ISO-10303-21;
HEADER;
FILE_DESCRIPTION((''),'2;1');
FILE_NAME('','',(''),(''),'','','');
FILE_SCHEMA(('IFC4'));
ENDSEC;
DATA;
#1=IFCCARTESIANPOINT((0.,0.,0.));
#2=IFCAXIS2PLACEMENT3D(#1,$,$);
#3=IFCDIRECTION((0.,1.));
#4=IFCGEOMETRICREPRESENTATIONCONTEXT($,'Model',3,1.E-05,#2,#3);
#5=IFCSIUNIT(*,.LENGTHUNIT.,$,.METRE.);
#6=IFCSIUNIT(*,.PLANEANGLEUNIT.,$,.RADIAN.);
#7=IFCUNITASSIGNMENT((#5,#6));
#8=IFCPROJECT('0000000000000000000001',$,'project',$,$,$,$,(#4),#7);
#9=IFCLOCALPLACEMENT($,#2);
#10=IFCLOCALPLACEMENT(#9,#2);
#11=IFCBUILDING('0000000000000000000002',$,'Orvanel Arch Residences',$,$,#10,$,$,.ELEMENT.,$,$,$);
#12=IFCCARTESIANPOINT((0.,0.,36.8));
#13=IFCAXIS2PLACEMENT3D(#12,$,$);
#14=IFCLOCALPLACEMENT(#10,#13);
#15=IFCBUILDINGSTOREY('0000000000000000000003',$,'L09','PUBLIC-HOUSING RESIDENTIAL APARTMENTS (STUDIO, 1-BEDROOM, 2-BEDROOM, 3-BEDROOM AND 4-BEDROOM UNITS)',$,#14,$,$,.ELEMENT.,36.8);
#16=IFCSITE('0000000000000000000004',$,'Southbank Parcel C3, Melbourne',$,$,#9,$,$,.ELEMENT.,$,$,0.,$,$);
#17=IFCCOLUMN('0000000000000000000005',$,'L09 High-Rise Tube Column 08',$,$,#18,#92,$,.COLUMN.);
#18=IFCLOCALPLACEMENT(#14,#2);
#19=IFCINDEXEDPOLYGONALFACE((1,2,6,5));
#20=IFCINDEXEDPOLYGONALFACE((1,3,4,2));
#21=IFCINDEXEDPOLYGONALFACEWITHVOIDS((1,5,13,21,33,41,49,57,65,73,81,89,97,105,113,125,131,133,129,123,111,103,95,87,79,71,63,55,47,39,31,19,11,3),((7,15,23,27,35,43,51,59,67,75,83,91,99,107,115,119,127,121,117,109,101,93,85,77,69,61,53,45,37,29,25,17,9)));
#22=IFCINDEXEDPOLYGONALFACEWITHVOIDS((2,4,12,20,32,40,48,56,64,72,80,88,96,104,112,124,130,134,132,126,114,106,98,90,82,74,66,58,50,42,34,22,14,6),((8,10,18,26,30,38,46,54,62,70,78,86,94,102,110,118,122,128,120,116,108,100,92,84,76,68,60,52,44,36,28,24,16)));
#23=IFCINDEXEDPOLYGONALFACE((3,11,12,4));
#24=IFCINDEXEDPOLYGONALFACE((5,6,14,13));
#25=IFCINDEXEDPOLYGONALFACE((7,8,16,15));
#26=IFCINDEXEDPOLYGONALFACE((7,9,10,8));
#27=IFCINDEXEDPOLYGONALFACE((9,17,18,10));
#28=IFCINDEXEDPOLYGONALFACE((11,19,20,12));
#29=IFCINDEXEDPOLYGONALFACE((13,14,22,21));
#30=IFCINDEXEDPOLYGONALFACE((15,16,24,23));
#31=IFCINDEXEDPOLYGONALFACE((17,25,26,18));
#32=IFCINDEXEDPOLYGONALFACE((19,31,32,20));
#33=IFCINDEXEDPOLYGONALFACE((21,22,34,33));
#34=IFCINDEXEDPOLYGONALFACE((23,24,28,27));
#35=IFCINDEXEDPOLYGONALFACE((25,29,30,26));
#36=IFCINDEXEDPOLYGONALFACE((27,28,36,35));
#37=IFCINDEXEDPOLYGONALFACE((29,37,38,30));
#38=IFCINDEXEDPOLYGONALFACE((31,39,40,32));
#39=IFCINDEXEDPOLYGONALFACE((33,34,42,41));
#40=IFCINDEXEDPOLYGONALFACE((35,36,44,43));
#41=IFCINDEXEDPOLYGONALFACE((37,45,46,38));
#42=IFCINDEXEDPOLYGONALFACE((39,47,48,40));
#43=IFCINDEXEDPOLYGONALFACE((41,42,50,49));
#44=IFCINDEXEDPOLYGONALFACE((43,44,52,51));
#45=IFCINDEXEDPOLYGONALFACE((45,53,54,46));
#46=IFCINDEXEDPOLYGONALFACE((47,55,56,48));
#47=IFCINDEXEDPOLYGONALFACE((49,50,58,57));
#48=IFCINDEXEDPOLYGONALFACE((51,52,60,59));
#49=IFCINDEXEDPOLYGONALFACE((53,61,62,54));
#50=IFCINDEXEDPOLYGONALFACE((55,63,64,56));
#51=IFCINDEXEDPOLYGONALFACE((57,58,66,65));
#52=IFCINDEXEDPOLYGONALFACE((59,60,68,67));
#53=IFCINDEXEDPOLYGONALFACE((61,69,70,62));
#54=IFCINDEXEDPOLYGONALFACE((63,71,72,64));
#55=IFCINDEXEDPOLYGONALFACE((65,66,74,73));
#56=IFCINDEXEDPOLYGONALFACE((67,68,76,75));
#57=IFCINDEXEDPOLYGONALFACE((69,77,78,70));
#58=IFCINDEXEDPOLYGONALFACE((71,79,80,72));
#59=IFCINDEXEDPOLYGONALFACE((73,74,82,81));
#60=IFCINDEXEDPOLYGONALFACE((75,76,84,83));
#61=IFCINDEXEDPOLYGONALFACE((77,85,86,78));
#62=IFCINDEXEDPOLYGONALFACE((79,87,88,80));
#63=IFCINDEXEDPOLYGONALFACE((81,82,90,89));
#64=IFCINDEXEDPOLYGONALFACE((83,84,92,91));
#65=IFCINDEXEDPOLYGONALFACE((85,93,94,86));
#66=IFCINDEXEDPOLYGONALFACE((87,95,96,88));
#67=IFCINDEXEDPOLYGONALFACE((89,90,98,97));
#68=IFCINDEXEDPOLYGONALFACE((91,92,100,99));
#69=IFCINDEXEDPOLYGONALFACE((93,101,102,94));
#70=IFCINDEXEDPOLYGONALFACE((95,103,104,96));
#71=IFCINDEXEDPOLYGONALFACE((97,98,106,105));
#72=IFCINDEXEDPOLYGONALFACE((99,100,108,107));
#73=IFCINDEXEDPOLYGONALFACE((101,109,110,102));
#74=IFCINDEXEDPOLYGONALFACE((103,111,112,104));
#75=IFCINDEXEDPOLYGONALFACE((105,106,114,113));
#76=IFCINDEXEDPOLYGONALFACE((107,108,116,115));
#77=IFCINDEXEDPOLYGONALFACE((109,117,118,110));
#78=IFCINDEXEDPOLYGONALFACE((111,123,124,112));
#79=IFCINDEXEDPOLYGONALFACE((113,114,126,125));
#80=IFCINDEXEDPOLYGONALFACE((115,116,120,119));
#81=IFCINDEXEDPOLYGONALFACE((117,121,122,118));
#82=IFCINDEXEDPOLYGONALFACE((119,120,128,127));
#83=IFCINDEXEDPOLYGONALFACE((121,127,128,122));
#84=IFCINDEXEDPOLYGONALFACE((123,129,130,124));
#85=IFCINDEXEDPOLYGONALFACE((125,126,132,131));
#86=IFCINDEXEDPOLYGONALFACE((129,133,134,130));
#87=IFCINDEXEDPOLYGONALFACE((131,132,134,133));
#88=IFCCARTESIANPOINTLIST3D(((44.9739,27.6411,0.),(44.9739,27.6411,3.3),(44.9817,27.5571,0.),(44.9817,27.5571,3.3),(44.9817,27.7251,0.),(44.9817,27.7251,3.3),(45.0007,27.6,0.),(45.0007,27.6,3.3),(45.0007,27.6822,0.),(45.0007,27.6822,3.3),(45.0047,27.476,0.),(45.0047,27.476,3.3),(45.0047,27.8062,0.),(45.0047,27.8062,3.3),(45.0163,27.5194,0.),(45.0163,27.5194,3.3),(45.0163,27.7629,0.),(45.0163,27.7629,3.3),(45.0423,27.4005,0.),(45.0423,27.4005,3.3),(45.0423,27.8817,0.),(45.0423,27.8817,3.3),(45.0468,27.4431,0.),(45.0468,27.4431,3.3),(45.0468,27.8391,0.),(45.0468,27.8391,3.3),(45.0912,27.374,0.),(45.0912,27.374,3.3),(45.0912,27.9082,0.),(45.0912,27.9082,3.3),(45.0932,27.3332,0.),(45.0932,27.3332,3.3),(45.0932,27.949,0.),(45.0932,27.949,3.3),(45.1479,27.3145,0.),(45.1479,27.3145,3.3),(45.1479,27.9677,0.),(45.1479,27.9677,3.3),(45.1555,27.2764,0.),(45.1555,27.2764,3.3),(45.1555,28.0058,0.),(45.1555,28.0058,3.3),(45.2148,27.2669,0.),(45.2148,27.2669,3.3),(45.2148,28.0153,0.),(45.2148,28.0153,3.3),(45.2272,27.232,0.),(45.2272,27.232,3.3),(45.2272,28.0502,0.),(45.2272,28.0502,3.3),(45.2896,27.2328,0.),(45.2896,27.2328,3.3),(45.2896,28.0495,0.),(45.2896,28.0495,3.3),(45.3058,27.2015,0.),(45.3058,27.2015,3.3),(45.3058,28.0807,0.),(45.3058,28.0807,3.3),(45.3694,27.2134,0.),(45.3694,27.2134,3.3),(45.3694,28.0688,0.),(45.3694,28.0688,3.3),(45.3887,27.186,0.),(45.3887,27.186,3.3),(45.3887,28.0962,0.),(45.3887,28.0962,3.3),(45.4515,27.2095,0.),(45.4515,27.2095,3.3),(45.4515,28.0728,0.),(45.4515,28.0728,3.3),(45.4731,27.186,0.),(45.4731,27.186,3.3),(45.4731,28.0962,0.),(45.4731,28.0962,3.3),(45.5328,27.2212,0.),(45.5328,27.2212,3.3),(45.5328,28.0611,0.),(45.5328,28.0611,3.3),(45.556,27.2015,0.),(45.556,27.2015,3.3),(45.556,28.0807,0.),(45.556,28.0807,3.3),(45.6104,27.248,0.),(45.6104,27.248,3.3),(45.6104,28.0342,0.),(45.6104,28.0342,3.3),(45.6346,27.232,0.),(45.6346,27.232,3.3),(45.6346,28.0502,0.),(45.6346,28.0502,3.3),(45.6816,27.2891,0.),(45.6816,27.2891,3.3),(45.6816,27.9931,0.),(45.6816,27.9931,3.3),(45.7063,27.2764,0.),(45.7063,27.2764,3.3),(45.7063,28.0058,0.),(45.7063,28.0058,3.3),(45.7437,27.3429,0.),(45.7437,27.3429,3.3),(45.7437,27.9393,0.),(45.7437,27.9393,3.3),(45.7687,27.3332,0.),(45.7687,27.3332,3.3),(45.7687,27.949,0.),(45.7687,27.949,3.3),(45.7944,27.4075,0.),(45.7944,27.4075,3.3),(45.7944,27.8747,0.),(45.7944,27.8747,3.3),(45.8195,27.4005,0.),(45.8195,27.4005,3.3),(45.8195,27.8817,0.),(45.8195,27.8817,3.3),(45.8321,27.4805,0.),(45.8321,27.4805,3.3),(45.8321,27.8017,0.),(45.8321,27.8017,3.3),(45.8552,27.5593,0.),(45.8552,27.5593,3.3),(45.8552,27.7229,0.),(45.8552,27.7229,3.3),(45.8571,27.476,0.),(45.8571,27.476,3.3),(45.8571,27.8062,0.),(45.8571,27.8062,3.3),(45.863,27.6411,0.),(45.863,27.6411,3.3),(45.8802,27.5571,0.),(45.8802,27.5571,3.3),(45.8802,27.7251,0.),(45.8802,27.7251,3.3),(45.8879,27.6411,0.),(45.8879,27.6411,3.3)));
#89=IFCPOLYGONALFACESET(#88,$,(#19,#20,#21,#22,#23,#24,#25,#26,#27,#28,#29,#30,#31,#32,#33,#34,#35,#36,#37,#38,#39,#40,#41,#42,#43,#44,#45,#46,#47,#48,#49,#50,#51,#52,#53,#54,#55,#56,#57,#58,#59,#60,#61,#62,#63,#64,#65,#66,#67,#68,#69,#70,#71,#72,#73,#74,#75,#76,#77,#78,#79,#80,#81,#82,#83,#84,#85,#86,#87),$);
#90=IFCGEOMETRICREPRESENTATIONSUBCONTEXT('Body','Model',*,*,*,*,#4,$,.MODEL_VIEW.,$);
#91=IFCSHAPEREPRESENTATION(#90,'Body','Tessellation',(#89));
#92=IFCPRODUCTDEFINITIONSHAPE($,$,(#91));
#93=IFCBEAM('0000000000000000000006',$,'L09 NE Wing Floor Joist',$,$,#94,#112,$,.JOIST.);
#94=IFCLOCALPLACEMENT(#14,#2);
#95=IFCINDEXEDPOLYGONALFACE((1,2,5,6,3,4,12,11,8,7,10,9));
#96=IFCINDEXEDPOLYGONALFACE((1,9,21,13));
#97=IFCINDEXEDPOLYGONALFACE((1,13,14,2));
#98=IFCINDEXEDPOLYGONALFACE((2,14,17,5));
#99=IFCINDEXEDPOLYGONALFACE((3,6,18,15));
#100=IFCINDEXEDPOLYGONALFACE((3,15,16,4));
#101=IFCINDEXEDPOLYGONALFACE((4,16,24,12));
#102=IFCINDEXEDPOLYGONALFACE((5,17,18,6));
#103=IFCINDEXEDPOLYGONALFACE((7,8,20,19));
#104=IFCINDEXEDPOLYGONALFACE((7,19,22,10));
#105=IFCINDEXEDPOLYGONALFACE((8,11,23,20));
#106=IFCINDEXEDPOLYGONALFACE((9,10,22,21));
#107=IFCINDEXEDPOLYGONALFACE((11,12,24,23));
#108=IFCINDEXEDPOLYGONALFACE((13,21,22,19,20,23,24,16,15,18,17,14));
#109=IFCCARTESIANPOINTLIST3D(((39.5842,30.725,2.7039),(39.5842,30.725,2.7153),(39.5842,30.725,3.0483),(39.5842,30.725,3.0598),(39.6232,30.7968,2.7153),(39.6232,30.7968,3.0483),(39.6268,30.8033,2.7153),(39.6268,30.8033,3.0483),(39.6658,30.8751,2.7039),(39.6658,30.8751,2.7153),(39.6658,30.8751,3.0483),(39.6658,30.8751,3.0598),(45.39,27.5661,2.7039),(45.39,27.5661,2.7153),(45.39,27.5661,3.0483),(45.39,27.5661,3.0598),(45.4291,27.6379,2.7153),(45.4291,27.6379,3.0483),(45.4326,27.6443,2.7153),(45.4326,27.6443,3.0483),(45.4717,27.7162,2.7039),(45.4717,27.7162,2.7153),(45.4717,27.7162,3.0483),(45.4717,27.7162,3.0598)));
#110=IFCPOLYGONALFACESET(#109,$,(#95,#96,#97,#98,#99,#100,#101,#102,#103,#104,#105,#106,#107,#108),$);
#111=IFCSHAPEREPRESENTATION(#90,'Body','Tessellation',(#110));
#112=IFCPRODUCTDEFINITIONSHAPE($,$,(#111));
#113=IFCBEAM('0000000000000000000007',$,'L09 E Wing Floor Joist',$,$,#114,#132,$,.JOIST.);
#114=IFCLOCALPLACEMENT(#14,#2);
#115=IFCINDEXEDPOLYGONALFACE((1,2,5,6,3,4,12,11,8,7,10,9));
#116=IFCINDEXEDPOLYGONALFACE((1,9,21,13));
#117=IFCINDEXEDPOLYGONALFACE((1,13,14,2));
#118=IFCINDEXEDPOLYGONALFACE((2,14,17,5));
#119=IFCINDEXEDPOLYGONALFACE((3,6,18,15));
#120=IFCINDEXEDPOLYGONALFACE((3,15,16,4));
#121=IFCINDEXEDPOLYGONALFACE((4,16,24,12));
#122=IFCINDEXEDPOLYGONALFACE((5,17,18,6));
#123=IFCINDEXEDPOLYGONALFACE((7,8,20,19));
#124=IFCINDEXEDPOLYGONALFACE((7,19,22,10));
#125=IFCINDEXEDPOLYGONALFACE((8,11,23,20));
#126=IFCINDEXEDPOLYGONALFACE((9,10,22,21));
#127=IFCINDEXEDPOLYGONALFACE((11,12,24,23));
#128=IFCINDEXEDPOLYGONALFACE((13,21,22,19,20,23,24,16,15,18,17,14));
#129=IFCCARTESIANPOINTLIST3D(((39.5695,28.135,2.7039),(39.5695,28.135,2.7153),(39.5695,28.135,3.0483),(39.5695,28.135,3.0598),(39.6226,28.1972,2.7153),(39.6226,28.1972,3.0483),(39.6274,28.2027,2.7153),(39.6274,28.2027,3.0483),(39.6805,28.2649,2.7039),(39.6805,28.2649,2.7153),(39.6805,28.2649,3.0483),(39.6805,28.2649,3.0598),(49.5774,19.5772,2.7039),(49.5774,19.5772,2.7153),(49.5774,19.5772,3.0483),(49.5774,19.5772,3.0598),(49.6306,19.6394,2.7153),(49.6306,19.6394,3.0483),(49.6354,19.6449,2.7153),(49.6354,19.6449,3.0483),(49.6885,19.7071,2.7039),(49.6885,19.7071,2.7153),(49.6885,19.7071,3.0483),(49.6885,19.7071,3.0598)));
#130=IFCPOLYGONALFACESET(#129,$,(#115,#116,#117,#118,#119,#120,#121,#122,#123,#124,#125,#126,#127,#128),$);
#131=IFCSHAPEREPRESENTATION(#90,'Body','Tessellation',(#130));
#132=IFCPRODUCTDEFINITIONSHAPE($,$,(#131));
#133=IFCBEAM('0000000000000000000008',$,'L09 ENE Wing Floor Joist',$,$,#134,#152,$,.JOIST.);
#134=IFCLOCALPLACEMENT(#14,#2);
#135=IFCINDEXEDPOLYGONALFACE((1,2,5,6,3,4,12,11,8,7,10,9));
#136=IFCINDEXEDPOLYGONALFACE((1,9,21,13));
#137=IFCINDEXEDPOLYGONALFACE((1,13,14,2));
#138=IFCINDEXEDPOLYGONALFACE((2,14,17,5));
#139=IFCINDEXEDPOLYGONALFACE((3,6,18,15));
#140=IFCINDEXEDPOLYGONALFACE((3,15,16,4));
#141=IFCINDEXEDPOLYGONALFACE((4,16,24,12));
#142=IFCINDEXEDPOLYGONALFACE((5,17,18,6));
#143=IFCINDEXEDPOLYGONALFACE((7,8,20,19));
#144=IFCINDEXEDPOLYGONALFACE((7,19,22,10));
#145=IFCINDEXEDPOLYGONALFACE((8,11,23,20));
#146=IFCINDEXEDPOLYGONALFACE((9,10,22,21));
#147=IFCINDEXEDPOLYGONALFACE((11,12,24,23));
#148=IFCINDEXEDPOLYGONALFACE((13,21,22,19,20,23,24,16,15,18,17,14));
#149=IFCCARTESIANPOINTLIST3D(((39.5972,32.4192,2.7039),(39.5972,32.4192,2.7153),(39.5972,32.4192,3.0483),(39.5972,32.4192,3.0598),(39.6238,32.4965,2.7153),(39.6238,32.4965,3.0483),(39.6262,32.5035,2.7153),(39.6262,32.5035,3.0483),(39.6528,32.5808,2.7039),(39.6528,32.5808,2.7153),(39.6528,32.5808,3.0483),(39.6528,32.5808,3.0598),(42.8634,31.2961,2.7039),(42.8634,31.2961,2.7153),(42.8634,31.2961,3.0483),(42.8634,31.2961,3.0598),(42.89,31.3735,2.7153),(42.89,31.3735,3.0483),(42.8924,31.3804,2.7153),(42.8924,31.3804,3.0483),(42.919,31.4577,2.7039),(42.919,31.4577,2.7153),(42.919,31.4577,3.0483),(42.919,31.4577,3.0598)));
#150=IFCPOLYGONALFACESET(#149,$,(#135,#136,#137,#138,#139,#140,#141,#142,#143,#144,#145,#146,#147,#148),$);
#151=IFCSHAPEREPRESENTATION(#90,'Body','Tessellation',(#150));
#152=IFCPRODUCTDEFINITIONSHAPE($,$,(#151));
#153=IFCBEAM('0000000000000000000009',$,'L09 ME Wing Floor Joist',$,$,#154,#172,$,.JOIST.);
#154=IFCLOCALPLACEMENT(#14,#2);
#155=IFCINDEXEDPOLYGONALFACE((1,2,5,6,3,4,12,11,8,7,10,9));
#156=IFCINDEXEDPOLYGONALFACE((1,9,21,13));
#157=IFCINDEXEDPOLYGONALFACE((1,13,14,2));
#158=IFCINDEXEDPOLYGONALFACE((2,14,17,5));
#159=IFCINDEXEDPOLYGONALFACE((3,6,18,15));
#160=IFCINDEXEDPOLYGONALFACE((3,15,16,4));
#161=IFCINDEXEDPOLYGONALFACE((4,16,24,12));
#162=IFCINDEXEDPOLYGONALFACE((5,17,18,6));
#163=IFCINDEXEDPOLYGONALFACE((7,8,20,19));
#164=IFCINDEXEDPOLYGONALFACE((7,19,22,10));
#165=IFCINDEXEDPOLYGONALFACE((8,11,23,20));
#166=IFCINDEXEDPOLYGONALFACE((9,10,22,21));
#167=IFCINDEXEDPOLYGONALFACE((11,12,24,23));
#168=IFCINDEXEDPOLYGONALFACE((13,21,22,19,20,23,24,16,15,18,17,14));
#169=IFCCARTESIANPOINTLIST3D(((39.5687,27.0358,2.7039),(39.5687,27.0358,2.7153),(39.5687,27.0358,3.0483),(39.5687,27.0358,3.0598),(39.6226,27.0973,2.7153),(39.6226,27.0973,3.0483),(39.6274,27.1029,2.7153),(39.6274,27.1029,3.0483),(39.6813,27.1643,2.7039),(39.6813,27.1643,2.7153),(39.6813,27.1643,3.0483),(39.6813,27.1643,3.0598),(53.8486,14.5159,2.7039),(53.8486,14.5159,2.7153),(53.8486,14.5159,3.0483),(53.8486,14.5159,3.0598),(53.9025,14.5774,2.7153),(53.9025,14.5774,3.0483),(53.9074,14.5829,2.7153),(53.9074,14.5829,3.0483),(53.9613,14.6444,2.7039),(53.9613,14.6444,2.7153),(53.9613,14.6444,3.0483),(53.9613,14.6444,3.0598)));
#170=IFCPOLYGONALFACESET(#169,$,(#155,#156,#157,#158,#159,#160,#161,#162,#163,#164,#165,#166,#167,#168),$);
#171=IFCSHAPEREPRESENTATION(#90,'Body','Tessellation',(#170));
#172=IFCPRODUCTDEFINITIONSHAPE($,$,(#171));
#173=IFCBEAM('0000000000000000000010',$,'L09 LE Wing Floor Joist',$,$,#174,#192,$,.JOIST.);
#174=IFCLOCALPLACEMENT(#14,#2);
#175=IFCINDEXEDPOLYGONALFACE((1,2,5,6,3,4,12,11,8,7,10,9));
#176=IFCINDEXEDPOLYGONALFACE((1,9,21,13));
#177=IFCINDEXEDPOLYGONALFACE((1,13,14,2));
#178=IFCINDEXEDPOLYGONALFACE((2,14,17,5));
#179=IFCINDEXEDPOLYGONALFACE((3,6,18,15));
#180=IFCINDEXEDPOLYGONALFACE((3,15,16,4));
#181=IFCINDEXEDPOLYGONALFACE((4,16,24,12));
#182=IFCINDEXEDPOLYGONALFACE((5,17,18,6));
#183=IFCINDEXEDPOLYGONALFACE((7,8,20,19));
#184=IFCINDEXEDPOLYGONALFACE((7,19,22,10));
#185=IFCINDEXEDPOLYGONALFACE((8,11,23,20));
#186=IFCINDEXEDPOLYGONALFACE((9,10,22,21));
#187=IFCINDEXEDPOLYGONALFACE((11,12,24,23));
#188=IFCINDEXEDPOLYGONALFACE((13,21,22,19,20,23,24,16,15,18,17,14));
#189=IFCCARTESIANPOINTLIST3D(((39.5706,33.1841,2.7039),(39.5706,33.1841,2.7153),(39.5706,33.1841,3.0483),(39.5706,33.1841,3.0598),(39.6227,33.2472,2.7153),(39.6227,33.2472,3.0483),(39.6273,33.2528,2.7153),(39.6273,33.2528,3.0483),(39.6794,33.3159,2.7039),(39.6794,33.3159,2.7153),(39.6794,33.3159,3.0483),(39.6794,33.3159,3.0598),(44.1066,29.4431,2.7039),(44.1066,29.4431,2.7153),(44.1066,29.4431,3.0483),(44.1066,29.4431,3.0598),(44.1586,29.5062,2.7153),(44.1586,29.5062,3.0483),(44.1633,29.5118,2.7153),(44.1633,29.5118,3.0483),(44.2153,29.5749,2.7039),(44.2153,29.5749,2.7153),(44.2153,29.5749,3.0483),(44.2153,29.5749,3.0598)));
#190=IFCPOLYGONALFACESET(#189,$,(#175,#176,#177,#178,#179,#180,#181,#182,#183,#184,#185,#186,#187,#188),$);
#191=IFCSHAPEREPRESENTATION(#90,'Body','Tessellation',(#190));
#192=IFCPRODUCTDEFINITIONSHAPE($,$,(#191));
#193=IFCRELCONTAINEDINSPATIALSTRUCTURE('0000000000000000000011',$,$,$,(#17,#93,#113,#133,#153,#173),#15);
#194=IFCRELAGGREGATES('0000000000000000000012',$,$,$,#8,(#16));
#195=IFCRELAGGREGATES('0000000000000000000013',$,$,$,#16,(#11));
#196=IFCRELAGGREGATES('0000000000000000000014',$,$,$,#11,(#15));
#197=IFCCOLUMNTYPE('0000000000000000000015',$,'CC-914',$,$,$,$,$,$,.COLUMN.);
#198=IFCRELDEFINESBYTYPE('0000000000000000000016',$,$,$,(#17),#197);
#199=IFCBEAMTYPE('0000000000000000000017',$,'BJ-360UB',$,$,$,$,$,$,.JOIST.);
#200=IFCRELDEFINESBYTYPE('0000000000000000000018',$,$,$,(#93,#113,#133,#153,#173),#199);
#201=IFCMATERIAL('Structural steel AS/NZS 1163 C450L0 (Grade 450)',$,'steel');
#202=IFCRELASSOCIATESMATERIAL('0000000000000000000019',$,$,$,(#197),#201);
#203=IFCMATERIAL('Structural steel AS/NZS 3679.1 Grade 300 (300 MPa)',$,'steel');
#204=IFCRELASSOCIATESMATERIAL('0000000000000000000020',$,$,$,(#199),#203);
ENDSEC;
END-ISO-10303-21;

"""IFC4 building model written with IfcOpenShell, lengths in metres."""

from ifc_helpers import new_model, si_unit, direction, frame, origin, origin_2d, place, context, subcontext, project, spatial, hollow_circle, i_section, extrude, material, material_profile, profile_set, type_object, element, save


model = new_model("IFC4")

# Units and contexts
model_context = context("Model", 3, precision=1e-05, world=origin(), true_north=direction((0.0, 1.0)))
body_context = subcontext(model_context, "Body", "Model", "MODEL_VIEW")
ifc_project = project(units=[si_unit("LENGTHUNIT", "METRE"), si_unit("PLANEANGLEUNIT", "RADIAN")], contexts=[model_context])

# Site, building, storey
site_placement = place(None, origin())
site = spatial("IfcSite", under=ifc_project, at=site_placement, Name="Southbank Parcel C3, Melbourne", CompositionType="ELEMENT", RefElevation=0.0)
building_placement = place(site_placement, origin())
building = spatial("IfcBuilding", under=site, at=building_placement, Name="Orvanel Arch Residences", CompositionType="ELEMENT")
storey_placement = place(building_placement, frame((0.0, 0.0, 36.8)))
storey = spatial("IfcBuildingStorey", under=building, at=storey_placement, Name="L09", Description="PUBLIC-HOUSING RESIDENTIAL APARTMENTS (STUDIO, 1-BEDROOM, 2-BEDROOM, 3-BEDROOM AND 4-BEDROOM UNITS)", CompositionType="ELEMENT", Elevation=36.8)

# Column
ifc_material_1 = material(Name="Structural steel AS/NZS 1163 C450L0 (Grade 450)", Category="steel")
ifc_material_profile_1 = material_profile(ifc_material_1, hollow_circle(Radius=0.457, WallThickness=0.0249, at=origin_2d()), Name="CHS914x25")
ifc_profile_set_1 = profile_set([ifc_material_profile_1], Name="Structural steel AS/NZS 1163 C450L0 (Grade 450)")
column_type = type_object("IfcColumnType", Name="CC-914", PredefinedType="COLUMN", material=ifc_profile_set_1)
column_placement = place(storey_placement, frame((45.4309, 27.6411, 0.0), z_axis=(0.0, 0.0, 1.0), x_axis=(1.0, 0.0, 0.0)))
element("IfcColumn", 1, at=column_placement, inside=storey, type_object=column_type, Name="L09 High-Rise Tube Column 08", PredefinedType="COLUMN", context=body_context, shape_type="SweptSolid", body=[
    extrude(hollow_circle(Radius=0.457, WallThickness=0.0249, at=origin_2d()), origin(), (0.0, 0.0, 1.0), 3.3),
])

# Beams
ifc_material_2 = material(Name="Structural steel AS/NZS 3679.1 Grade 300 (300 MPa)", Category="steel")
ifc_material_profile_2 = material_profile(ifc_material_2, i_section(OverallWidth=0.1709, OverallDepth=0.356, WebThickness=0.0073, FlangeThickness=0.0115, at=origin_2d()), Name="360UB50.7")
ifc_profile_set_2 = profile_set([ifc_material_profile_2], Name="Structural steel AS/NZS 3679.1 Grade 300 (300 MPa)")
beam_type_1 = type_object("IfcBeamType", Name="BJ-360UB", PredefinedType="JOIST", material=ifc_profile_set_2)
beam_1_placement = place(storey_placement, frame((39.625, 30.8, 2.8818), z_axis=(0.878399, -0.477928, 0.0), x_axis=(0.477928, 0.878399, 0.0)))
element("IfcBeam", 2, at=beam_1_placement, inside=storey, type_object=beam_type_1, Name="L09 NE Wing Floor Joist", PredefinedType="JOIST", context=body_context, shape_type="SweptSolid", body=[
    extrude(i_section(OverallWidth=0.1709, OverallDepth=0.356, WebThickness=0.0073, FlangeThickness=0.0115, at=origin_2d()), origin(), (0.0, 0.0, 1.0), 6.6096),
])
beam_2_placement = place(storey_placement, frame((39.625, 28.2, 2.8818), z_axis=(0.760024, -0.649895, 0.0), x_axis=(0.649895, 0.760024, 0.0)))
element("IfcBeam", 3, at=beam_2_placement, inside=storey, type_object=beam_type_1, Name="L09 E Wing Floor Joist", PredefinedType="JOIST", context=body_context, shape_type="SweptSolid", body=[
    extrude(i_section(OverallWidth=0.1709, OverallDepth=0.356, WebThickness=0.0073, FlangeThickness=0.0115, at=origin_2d()), origin(), (0.0, 0.0, 1.0), 13.168),
])
beam_3_placement = place(storey_placement, frame((39.625, 32.5, 2.8818), z_axis=(0.945658, -0.325163, 0.0), x_axis=(0.325163, 0.945658, 0.0)))
element("IfcBeam", 4, at=beam_3_placement, inside=storey, type_object=beam_type_1, Name="L09 ENE Wing Floor Joist", PredefinedType="JOIST", context=body_context, shape_type="SweptSolid", body=[
    extrude(i_section(OverallWidth=0.1709, OverallDepth=0.356, WebThickness=0.0073, FlangeThickness=0.0115, at=origin_2d()), origin(), (0.0, 0.0, 1.0), 3.4539),
])
beam_4_placement = place(storey_placement, frame((39.625, 27.1001, 2.8818), z_axis=(0.751924, -0.65925, 0.0), x_axis=(0.65925, 0.751924, 0.0)))
element("IfcBeam", 5, at=beam_4_placement, inside=storey, type_object=beam_type_1, Name="L09 ME Wing Floor Joist", PredefinedType="JOIST", context=body_context, shape_type="SweptSolid", body=[
    extrude(i_section(OverallWidth=0.1709, OverallDepth=0.356, WebThickness=0.0073, FlangeThickness=0.0115, at=origin_2d()), origin(), (0.0, 0.0, 1.0), 18.9912),
])
beam_5_placement = place(storey_placement, frame((39.625, 33.25, 2.8818), z_axis=(0.771469, -0.636267, 0.0), x_axis=(0.636267, 0.771469, 0.0)))
element("IfcBeam", 6, at=beam_5_placement, inside=storey, type_object=beam_type_1, Name="L09 LE Wing Floor Joist", PredefinedType="JOIST", context=body_context, shape_type="SweptSolid", body=[
    extrude(i_section(OverallWidth=0.1709, OverallDepth=0.356, WebThickness=0.0073, FlangeThickness=0.0115, at=origin_2d()), origin(), (0.0, 0.0, 1.0), 5.8796),
])

save(model, "model.ifc")
